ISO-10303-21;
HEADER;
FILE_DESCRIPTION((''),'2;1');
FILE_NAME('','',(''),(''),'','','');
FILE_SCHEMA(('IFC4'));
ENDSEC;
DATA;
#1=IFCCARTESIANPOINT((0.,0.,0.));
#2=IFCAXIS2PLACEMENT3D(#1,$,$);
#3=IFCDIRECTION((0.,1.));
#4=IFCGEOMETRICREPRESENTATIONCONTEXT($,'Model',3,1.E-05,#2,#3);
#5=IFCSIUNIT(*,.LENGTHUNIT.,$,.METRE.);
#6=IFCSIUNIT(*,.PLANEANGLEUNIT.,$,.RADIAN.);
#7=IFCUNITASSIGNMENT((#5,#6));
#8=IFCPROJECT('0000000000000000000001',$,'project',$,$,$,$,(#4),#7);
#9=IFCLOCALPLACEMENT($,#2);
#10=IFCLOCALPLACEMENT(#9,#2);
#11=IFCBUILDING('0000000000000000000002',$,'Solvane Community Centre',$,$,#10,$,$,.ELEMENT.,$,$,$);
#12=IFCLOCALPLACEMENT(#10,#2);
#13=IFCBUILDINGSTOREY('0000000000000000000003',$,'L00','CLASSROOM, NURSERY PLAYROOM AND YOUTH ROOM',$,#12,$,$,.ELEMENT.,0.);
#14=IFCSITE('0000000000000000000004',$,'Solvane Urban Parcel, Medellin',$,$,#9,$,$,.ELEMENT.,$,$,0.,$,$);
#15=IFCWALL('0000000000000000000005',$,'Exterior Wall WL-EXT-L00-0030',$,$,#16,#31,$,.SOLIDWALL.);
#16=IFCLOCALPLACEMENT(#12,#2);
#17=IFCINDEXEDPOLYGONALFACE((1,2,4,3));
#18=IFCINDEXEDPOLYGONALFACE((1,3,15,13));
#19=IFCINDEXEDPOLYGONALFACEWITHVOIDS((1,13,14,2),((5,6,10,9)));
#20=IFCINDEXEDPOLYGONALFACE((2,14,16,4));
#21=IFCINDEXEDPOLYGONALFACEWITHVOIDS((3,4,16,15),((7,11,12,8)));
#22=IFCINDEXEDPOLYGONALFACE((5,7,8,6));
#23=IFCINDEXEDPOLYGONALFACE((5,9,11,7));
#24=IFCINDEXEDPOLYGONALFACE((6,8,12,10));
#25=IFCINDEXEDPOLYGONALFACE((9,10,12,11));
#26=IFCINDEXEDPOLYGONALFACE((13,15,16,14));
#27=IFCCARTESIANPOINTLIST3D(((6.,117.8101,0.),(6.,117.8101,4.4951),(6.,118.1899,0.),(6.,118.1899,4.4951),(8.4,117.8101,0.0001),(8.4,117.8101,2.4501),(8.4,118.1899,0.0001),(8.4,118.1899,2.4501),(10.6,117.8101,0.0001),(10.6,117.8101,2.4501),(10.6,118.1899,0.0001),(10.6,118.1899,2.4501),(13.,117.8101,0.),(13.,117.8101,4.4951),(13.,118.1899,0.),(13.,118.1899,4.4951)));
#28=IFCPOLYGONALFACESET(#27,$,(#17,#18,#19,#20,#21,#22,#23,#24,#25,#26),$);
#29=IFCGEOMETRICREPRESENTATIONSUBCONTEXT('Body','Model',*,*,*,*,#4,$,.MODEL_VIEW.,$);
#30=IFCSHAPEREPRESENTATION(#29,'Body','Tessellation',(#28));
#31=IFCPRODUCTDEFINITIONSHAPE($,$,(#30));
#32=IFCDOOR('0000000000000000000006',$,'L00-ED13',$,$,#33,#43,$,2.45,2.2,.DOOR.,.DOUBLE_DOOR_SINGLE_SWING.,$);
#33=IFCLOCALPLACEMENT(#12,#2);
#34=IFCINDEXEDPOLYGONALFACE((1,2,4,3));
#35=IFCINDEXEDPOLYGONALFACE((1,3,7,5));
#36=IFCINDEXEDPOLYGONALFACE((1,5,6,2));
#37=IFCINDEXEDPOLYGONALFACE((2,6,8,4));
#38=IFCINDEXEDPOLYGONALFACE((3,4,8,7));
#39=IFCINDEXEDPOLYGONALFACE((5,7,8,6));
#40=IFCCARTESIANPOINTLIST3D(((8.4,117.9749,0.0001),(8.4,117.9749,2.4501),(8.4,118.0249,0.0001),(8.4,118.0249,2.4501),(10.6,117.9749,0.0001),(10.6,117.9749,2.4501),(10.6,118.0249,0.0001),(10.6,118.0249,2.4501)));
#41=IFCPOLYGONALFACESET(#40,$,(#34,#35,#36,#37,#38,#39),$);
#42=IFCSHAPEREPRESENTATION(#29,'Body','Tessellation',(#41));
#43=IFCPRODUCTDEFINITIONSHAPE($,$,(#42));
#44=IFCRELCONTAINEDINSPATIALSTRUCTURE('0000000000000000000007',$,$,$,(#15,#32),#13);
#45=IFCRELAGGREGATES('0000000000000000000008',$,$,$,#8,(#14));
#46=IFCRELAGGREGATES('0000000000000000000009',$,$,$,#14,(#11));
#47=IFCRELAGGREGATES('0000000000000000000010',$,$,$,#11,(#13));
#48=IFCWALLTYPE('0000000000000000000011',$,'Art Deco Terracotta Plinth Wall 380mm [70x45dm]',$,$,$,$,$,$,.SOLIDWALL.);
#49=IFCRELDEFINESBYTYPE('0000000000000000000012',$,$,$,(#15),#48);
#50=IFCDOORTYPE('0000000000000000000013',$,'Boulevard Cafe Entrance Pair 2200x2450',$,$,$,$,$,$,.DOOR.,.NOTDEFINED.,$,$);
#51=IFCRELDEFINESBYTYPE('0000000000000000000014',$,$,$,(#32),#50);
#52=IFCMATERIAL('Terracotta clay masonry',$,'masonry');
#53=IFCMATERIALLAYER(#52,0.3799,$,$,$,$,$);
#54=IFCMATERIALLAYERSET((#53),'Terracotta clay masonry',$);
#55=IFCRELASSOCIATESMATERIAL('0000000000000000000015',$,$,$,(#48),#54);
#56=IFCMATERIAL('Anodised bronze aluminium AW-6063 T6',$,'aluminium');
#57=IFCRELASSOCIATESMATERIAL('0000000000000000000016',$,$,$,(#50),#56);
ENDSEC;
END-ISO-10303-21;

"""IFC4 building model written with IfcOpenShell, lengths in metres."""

from ifc_helpers import new_model, si_unit, direction, frame, frame_2d, origin, place, context, subcontext, project, spatial, rectangle, extrude, material, layer, layer_set, type_object, element, fill, save


model = new_model("IFC4")

# Units and contexts
model_context = context("Model", 3, precision=1e-05, world=origin(), true_north=direction((0.0, 1.0)))
body_context = subcontext(model_context, "Body", "Model", "MODEL_VIEW")
ifc_project = project(units=[si_unit("LENGTHUNIT", "METRE"), si_unit("PLANEANGLEUNIT", "RADIAN")], contexts=[model_context])

# Site, building, storey
site_placement = place(None, origin())
site = spatial("IfcSite", under=ifc_project, at=site_placement, Name="Solvane Urban Parcel, Medellin", CompositionType="ELEMENT", RefElevation=0.0)
building_placement = place(site_placement, origin())
building = spatial("IfcBuilding", under=site, at=building_placement, Name="Solvane Community Centre", CompositionType="ELEMENT")
storey_placement = place(building_placement, origin())
storey = spatial("IfcBuildingStorey", under=building, at=storey_placement, Name="L00", Description="CLASSROOM, NURSERY PLAYROOM AND YOUTH ROOM", CompositionType="ELEMENT", Elevation=0.0)

# Shared definitions
ifc_material_1 = material(Name="Anodised bronze aluminium AW-6063 T6", Category="aluminium")

# Wall, opening, door
ifc_material_2 = material(Name="Terracotta clay masonry", Category="masonry")
ifc_layer_1 = layer(ifc_material_2, 0.3799)
ifc_layer_set_1 = layer_set([ifc_layer_1], Name="Terracotta clay masonry")
wall_type = type_object("IfcWallType", Name="Art Deco Terracotta Plinth Wall 380mm [70x45dm]", PredefinedType="SOLIDWALL", material=ifc_layer_set_1)
wall_placement = place(storey_placement, frame((6.0, 118.0, 0.0), z_axis=(0.0, 0.0, 1.0), x_axis=(1.0, 0.0, 0.0)))
wall = element("IfcWall", 1, at=wall_placement, inside=storey, type_object=wall_type, Name="Exterior Wall WL-EXT-L00-0030", PredefinedType="SOLIDWALL", context=body_context, shape_type="SweptSolid", body=[
    extrude(rectangle(XDim=7.0, YDim=0.3799, at=frame_2d((3.5, 0.0))), origin(), (0.0, 0.0, 1.0), 4.4951),
])
opening_placement = place(wall_placement, frame((2.3999, 0.0, 0.0)))
opening = element("IfcOpeningElement", 2, at=opening_placement, cuts=wall, PredefinedType="OPENING", context=body_context, shape_type="SweptSolid", body=[
    extrude(rectangle(XDim=2.2, YDim=2.45, at=frame_2d((1.1001, 1.2251))), frame((0.0, 0.2, 0.0), z_axis=(0.0, -1.0, 0.0), x_axis=(1.0, 0.0, 0.0)), (0.0, 0.0, 1.0), 0.3999),
])
door_type = type_object("IfcDoorType", Name="Boulevard Cafe Entrance Pair 2200x2450", OperationType="NOTDEFINED", PredefinedType="DOOR", material=ifc_material_1)
door_placement = place(opening_placement, origin())
door = element("IfcDoor", 3, at=door_placement, inside=storey, type_object=door_type, Name="L00-ED13", OperationType="DOUBLE_DOOR_SINGLE_SWING", OverallHeight=2.45, OverallWidth=2.2, PredefinedType="DOOR", context=body_context, shape_type="SweptSolid", body=[
    extrude(rectangle(XDim=2.2, YDim=2.45, at=frame_2d((1.1001, 1.2251))), frame((0.0, 0.0249, 0.0), z_axis=(0.0, -1.0, 0.0), x_axis=(1.0, 0.0, 0.0)), (0.0, 0.0, 1.0), 0.05),
])
fill(opening, door)

save(model, "model.ifc")
